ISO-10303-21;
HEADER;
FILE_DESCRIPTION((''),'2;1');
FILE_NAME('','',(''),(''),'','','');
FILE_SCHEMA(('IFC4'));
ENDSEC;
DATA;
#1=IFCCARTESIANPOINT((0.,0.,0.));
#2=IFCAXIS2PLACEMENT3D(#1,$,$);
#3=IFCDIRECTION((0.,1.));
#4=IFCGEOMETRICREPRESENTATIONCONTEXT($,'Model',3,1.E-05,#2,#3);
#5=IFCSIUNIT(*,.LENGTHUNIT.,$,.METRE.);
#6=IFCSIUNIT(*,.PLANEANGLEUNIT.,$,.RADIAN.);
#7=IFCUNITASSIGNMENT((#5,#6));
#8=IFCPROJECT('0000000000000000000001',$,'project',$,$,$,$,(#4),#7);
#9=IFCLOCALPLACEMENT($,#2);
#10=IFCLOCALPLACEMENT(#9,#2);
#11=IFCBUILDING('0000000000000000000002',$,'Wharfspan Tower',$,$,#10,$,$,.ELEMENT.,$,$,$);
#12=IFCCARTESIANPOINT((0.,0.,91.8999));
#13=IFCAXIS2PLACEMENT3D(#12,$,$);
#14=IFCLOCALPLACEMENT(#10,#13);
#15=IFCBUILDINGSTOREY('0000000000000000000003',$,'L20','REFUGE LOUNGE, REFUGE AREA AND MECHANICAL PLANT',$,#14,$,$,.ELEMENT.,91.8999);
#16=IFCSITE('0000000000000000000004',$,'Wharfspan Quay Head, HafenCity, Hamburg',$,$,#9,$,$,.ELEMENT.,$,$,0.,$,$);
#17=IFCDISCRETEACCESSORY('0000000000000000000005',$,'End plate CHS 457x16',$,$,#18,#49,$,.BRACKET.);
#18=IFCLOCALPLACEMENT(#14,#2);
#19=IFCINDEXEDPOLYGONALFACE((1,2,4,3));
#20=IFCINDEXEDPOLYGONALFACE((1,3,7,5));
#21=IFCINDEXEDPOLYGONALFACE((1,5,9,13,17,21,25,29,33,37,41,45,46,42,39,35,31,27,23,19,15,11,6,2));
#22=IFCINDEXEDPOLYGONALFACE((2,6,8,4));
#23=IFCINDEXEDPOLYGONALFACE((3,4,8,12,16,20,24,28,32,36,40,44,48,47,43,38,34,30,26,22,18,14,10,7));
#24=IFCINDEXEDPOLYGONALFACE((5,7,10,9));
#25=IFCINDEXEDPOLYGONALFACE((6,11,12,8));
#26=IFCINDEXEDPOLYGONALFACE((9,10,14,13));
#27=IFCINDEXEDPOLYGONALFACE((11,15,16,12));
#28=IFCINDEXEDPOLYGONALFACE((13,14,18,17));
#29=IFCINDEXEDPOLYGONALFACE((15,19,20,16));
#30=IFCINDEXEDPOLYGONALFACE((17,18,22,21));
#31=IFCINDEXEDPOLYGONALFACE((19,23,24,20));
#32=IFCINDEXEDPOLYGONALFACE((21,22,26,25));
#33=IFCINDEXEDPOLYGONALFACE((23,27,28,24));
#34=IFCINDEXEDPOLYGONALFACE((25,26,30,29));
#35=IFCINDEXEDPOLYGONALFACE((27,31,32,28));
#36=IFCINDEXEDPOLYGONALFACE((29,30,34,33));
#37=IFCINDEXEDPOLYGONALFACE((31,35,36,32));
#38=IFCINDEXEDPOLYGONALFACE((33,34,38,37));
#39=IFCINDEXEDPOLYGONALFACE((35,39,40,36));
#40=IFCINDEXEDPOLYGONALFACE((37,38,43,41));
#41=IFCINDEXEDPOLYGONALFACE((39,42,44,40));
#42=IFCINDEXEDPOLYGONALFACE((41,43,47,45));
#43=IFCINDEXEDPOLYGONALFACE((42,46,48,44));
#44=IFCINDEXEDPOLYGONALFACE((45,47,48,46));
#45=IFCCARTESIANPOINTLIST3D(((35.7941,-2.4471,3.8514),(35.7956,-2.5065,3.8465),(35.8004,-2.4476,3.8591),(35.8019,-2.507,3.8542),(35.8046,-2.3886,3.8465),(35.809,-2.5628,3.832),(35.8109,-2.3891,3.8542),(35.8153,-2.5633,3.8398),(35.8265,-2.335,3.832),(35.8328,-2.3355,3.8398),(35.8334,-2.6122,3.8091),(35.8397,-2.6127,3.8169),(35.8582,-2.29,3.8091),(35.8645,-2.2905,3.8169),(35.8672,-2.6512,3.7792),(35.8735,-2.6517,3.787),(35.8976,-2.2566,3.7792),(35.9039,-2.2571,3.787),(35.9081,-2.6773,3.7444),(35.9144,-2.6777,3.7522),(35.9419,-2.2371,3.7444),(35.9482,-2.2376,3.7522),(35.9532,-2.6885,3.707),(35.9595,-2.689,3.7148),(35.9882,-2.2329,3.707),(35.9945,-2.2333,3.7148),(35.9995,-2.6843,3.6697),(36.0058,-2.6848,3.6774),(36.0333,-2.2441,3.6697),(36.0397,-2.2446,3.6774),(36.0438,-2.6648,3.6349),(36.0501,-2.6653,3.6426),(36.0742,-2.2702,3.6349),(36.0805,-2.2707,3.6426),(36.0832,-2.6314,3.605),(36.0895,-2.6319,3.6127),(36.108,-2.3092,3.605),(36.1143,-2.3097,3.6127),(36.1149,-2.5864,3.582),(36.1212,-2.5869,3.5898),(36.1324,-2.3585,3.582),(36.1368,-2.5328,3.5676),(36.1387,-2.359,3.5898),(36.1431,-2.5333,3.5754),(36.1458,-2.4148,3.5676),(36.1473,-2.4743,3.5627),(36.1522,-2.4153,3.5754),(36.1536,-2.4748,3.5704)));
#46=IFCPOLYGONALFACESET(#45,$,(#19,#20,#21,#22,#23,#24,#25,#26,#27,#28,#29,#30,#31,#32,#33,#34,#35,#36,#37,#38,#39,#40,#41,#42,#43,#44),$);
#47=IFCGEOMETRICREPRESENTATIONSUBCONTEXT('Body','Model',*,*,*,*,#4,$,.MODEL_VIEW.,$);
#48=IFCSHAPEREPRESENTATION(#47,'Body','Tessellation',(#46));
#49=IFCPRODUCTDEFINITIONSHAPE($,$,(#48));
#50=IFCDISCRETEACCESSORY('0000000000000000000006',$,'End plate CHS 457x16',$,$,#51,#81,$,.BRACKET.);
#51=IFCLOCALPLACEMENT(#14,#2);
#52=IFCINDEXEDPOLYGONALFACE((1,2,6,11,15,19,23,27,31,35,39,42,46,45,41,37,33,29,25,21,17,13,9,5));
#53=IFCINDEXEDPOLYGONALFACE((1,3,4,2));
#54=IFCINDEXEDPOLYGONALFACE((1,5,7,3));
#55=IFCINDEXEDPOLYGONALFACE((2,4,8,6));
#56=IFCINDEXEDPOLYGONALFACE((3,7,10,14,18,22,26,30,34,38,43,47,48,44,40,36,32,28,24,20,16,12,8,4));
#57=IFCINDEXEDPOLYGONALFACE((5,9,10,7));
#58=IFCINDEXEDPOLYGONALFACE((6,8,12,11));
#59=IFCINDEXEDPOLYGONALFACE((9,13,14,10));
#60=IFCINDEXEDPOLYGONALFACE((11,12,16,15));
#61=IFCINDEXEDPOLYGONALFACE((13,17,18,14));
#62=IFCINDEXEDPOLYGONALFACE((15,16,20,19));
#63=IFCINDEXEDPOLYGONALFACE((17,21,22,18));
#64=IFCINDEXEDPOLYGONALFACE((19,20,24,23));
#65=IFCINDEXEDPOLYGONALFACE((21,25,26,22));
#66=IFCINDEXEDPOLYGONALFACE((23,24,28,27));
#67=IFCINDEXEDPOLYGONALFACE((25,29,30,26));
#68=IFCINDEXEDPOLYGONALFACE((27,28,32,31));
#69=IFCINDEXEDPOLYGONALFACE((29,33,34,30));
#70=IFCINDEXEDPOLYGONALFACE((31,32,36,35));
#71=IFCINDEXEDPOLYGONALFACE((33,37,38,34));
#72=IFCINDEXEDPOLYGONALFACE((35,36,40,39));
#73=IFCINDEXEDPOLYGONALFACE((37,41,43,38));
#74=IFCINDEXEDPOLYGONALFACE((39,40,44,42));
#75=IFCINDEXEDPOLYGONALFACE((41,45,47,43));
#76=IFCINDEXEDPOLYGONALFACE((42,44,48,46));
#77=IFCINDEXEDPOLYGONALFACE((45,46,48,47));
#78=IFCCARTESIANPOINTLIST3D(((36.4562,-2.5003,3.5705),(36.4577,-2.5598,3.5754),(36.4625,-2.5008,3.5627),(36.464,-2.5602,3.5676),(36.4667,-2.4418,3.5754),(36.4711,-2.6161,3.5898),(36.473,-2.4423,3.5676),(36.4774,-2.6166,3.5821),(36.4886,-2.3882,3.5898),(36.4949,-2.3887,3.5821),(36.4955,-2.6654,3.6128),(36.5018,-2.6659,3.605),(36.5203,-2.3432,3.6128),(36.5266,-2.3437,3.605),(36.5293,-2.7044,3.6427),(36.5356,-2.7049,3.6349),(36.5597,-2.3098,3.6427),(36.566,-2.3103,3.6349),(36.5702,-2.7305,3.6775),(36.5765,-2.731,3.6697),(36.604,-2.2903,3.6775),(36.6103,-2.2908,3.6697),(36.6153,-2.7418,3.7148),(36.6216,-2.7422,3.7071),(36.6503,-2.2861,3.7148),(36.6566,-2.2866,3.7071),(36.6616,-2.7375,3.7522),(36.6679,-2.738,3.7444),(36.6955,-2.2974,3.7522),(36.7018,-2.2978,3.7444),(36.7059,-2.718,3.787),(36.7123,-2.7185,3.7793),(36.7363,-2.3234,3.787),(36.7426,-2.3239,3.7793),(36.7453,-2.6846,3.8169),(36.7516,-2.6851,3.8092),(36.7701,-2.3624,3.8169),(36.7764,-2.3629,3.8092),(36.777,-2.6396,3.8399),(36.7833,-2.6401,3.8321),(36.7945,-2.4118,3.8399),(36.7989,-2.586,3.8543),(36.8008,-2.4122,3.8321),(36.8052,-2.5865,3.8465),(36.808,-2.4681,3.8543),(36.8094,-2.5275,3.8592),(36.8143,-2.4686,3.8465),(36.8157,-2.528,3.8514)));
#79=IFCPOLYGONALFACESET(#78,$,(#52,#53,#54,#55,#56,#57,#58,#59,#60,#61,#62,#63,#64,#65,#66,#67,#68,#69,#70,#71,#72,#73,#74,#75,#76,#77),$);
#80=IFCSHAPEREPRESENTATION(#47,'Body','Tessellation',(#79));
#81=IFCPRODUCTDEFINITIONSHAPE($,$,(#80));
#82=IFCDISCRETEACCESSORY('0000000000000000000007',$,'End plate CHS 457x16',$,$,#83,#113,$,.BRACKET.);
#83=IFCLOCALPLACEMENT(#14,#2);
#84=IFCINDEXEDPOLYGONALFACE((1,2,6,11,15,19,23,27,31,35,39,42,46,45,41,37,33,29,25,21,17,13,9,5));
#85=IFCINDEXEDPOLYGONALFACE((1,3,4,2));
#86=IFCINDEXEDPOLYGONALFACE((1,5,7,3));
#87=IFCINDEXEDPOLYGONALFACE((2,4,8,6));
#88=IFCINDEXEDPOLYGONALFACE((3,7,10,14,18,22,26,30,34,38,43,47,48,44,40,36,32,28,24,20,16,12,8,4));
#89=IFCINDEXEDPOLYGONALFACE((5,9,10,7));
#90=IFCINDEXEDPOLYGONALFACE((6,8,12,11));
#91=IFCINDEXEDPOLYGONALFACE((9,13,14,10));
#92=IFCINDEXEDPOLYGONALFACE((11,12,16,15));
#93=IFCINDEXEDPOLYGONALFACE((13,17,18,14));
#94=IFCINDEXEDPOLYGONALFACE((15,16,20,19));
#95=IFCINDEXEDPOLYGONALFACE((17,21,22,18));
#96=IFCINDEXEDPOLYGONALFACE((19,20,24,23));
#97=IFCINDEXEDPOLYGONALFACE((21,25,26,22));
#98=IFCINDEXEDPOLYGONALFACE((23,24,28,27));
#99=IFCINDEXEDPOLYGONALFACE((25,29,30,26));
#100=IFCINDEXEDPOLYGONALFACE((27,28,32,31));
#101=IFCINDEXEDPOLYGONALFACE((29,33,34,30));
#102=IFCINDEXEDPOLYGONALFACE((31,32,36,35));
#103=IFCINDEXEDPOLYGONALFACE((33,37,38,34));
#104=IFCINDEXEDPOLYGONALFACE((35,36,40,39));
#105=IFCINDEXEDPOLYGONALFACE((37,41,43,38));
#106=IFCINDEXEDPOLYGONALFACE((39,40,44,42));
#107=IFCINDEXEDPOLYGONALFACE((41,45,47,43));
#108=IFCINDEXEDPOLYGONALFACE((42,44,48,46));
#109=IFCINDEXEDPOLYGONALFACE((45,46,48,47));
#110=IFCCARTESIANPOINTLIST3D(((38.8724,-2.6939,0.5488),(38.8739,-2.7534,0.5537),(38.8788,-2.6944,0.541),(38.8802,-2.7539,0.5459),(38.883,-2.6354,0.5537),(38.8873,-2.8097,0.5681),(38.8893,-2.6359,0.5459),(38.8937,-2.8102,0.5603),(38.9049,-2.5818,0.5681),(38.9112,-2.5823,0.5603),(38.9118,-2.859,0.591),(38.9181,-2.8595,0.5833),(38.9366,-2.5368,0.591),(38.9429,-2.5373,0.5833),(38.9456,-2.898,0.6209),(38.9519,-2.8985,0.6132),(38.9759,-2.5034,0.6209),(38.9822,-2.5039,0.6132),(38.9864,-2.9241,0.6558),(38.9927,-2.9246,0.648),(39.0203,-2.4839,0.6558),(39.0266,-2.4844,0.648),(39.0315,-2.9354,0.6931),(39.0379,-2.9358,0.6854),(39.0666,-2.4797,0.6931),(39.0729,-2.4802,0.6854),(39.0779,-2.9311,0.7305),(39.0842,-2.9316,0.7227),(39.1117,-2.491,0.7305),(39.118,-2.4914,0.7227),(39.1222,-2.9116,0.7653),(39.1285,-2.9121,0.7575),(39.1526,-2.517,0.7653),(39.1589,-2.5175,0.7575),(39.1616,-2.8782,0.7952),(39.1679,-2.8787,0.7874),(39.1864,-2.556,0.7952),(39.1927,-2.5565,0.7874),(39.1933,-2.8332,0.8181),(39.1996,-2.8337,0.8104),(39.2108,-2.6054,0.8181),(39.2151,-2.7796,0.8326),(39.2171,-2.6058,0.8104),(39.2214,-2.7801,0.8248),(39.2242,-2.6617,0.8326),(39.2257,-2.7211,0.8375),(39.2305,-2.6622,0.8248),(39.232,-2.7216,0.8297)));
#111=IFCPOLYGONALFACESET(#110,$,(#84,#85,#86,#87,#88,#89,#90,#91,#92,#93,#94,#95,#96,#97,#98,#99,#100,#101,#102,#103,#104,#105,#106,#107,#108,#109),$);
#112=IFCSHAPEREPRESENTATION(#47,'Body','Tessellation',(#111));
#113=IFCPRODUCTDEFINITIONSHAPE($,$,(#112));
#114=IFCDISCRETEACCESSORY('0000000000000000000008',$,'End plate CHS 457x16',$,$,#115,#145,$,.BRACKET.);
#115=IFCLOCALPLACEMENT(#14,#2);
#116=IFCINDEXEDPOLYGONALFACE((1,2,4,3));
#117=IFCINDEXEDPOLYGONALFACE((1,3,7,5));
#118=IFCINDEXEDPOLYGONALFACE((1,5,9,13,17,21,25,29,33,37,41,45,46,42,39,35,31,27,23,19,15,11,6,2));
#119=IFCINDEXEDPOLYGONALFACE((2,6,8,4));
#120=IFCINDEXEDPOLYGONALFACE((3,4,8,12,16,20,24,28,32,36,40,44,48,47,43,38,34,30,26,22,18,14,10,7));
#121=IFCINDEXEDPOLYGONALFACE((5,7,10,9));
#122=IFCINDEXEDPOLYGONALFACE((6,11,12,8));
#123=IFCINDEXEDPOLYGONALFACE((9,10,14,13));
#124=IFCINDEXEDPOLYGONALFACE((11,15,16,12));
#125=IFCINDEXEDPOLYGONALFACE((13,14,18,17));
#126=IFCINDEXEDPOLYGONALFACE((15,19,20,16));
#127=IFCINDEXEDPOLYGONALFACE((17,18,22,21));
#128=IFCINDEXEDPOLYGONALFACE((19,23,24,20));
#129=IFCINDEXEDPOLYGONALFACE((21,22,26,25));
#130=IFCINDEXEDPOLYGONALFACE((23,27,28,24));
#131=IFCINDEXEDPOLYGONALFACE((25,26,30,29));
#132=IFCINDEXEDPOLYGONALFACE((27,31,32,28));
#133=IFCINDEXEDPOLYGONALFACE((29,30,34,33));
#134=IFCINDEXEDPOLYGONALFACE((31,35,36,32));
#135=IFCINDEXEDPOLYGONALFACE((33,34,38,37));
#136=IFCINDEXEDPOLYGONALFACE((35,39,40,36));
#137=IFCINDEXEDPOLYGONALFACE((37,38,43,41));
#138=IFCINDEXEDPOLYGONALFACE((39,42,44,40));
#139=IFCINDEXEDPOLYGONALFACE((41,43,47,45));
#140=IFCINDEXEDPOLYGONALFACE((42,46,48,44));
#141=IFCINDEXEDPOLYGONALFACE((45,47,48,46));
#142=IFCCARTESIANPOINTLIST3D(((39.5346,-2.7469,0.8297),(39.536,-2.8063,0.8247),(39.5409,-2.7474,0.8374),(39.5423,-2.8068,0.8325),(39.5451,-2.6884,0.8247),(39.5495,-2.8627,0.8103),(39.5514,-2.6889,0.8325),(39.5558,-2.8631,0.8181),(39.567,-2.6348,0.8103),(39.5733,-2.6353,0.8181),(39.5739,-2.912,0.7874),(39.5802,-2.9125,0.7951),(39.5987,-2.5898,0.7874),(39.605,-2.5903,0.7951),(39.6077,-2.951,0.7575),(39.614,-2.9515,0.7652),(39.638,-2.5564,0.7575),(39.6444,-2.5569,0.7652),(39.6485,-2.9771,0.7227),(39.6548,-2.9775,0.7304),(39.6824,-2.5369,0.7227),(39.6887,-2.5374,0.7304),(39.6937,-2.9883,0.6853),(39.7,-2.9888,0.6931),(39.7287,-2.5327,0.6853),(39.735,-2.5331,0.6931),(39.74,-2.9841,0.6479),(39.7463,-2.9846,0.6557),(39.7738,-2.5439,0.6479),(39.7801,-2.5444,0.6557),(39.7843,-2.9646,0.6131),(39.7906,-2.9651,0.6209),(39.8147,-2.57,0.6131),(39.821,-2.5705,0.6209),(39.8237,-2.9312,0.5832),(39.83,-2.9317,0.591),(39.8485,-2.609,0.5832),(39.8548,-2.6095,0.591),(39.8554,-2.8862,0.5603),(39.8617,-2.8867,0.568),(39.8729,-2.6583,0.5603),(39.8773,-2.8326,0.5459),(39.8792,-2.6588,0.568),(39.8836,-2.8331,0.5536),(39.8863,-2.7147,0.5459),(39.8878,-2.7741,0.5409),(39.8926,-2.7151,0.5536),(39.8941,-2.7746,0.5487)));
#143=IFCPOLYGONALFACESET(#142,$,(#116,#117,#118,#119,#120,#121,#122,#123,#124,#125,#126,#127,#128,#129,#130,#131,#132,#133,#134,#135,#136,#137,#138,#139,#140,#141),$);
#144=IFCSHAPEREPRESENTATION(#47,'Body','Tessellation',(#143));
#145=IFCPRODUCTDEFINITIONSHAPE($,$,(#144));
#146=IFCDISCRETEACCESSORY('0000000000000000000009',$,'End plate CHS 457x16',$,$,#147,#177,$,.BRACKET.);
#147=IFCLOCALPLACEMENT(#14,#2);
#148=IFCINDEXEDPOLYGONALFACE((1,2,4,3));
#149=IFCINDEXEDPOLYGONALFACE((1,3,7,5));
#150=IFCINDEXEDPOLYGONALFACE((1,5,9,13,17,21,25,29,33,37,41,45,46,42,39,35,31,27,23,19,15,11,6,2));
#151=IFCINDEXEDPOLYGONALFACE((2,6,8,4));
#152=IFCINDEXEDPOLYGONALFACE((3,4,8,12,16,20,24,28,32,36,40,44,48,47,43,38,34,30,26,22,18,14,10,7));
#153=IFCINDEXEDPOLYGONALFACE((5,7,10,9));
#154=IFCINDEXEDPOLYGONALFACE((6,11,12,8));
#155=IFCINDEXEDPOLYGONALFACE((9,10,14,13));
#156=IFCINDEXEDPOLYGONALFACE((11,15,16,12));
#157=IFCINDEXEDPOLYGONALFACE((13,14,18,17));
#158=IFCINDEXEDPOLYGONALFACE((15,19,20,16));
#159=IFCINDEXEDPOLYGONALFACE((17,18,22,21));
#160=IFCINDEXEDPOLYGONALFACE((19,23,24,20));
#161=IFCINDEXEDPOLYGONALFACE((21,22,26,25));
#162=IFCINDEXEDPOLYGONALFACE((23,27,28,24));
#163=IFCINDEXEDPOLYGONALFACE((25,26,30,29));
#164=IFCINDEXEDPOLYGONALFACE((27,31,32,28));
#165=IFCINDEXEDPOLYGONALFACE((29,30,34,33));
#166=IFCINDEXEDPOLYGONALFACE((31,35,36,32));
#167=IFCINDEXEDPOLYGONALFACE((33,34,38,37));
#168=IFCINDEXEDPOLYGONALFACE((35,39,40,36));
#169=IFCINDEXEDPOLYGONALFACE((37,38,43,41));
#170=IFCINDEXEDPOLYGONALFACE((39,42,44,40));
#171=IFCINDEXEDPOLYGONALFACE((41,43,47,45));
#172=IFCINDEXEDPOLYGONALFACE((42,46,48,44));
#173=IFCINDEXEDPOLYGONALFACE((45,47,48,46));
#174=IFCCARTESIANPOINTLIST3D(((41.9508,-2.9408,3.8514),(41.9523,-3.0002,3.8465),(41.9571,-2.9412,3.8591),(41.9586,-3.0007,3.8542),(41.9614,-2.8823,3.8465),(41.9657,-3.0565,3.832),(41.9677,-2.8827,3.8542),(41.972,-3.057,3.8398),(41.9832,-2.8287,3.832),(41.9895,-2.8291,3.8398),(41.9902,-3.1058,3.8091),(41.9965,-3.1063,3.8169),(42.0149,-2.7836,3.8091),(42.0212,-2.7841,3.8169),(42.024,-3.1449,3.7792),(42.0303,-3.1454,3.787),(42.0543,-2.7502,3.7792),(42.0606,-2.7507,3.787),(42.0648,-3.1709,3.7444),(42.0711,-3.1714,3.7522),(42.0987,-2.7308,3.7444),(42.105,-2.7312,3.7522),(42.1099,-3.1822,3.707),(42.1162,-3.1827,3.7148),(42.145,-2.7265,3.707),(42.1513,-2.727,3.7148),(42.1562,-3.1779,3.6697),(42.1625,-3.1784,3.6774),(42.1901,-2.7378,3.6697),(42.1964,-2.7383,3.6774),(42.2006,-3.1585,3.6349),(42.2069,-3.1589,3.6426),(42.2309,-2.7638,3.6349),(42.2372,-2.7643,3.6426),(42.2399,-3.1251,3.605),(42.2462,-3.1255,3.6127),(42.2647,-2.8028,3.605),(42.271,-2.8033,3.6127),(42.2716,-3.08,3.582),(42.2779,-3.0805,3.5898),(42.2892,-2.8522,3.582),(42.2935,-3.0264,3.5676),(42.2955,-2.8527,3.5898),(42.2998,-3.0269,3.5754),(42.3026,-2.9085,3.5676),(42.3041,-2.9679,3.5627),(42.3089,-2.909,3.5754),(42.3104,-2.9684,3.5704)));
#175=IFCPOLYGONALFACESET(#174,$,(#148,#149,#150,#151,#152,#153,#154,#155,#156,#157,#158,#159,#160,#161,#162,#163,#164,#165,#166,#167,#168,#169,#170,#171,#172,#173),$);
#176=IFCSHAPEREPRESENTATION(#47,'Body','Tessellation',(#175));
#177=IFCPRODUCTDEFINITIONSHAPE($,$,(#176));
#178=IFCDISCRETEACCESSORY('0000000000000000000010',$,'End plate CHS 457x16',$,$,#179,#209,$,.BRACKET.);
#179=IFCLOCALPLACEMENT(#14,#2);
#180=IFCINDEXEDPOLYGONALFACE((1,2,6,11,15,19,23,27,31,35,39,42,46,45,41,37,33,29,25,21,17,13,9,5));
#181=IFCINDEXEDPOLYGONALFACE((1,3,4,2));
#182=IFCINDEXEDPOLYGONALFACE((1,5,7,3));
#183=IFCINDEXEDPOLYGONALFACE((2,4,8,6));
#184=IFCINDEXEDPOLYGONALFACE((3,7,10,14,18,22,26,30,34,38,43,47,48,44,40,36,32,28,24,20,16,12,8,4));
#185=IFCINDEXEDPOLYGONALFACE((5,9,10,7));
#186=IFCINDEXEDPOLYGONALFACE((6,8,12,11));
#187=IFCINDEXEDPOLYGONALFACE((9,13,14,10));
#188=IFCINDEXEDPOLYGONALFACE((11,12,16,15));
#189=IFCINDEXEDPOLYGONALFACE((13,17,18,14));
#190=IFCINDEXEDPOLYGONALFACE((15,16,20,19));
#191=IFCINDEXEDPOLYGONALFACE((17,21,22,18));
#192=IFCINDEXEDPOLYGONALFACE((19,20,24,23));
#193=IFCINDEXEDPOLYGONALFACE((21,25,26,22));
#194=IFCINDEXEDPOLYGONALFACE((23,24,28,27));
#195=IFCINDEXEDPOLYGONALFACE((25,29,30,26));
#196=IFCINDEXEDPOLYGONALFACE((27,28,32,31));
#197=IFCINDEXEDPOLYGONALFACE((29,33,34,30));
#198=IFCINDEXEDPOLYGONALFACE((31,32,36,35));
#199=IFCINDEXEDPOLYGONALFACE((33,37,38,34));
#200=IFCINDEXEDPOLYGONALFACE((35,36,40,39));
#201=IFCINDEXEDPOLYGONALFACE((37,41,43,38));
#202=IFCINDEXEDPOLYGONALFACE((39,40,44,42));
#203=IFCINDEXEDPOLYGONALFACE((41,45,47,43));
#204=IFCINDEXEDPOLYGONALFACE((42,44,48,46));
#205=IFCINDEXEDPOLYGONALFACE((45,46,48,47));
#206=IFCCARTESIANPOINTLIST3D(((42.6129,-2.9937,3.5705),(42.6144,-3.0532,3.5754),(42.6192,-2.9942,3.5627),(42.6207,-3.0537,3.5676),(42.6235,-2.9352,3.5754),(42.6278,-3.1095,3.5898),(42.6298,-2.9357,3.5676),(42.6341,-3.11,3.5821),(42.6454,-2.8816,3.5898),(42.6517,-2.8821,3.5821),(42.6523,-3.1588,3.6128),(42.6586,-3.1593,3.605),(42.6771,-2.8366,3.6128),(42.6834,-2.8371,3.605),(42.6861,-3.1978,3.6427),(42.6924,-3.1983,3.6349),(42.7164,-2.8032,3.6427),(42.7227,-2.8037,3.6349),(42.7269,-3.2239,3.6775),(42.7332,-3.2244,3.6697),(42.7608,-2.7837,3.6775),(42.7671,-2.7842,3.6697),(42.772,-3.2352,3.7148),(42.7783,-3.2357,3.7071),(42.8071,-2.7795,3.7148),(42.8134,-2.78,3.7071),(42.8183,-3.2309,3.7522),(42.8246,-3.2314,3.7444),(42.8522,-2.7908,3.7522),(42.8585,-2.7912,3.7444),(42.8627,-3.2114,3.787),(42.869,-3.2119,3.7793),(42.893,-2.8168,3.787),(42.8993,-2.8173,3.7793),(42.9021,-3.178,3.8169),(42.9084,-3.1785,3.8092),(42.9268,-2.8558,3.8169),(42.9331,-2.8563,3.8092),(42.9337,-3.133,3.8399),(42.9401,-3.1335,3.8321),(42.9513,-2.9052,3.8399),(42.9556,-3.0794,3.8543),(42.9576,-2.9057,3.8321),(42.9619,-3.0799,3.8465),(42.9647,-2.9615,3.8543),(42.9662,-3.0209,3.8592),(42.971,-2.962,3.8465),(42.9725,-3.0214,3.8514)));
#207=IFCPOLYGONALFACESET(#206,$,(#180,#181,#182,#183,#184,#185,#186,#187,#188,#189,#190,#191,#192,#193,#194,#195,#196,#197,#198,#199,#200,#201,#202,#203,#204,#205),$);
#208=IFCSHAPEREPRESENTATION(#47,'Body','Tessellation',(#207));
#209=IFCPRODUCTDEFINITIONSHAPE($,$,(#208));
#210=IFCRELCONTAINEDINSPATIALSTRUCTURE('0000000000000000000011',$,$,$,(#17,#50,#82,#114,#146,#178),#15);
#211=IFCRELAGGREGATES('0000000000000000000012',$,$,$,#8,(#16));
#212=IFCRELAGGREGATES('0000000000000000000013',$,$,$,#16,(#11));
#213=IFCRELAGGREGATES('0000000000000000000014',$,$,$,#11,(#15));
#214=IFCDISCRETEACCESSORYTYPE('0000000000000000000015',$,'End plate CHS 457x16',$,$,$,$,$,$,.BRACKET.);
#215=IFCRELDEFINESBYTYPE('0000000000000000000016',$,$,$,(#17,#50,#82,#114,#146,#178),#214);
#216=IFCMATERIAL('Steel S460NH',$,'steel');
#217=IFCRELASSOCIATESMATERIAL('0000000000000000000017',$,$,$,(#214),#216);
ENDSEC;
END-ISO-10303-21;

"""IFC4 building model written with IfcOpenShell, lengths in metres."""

from ifc_helpers import new_model, si_unit, direction, frame, origin, origin_2d, place, context, subcontext, project, spatial, circle, extrude, material, material_profile, profile_set, type_object, element, save


model = new_model("IFC4")

# Units and contexts
model_context = context("Model", 3, precision=1e-05, world=origin(), true_north=direction((0.0, 1.0)))
body_context = subcontext(model_context, "Body", "Model", "MODEL_VIEW")
ifc_project = project(units=[si_unit("LENGTHUNIT", "METRE"), si_unit("PLANEANGLEUNIT", "RADIAN")], contexts=[model_context])

# Site, building, storey
site_placement = place(None, origin())
site = spatial("IfcSite", under=ifc_project, at=site_placement, Name="Wharfspan Quay Head, HafenCity, Hamburg", CompositionType="ELEMENT", RefElevation=0.0)
building_placement = place(site_placement, origin())
building = spatial("IfcBuilding", under=site, at=building_placement, Name="Wharfspan Tower", CompositionType="ELEMENT")
storey_placement = place(building_placement, frame((0.0, 0.0, 91.8999)))
storey = spatial("IfcBuildingStorey", under=building, at=storey_placement, Name="L20", Description="REFUGE LOUNGE, REFUGE AREA AND MECHANICAL PLANT", CompositionType="ELEMENT", Elevation=91.8999)

# Shared definitions
ifc_material_1 = material(Name="Steel S460NH", Category="steel")

# Discrete accessories
ifc_material_profile_1 = material_profile(ifc_material_1, circle(Radius=0.2285, at=origin_2d()))
ifc_profile_set_1 = profile_set([ifc_material_profile_1], Name="Steel S460NH")
discrete_accessory_type_1 = type_object("IfcDiscreteAccessoryType", Name="End plate CHS 457x16", PredefinedType="BRACKET", material=ifc_profile_set_1)
for number, where, z_axis, x_axis, name in (
    (1, (35.9707, -2.4607, 3.707), (0.629852, -0.04845, 0.775203), (0.076696, 0.997051, 0.0), "End plate CHS 457x16"),
    (2, (36.6328, -2.5139, 3.7148), (0.629852, -0.04845, -0.775203), (0.076696, 0.997051, 0.0), "End plate CHS 457x16"),
    (3, (39.0491, -2.7075, 0.6931), (0.629852, -0.04845, -0.775203), (0.076696, 0.997051, 0.0), "End plate CHS 457x16"),
    (4, (39.7112, -2.7605, 0.6853), (0.629852, -0.04845, 0.775203), (0.076696, 0.997051, 0.0), "End plate CHS 457x16"),
    (5, (42.1274, -2.9543, 3.707), (0.629852, -0.04845, 0.775203), (0.076696, 0.997051, 0.0), "End plate CHS 457x16"),
    (6, (42.7896, -3.0073, 3.7148), (0.629852, -0.04845, -0.775203), (0.076696, 0.997051, 0.0), "End plate CHS 457x16"),
):
    element("IfcDiscreteAccessory", number, at=place(storey_placement, frame(where, z_axis=z_axis, x_axis=x_axis)), inside=storey, type_object=discrete_accessory_type_1, Name=name, PredefinedType="BRACKET", context=body_context, shape_type="SweptSolid", body=[
        extrude(circle(Radius=0.2285, at=origin_2d()), origin(), (0.0, 0.0, 1.0), 0.01),
    ])

save(model, "model.ifc")
